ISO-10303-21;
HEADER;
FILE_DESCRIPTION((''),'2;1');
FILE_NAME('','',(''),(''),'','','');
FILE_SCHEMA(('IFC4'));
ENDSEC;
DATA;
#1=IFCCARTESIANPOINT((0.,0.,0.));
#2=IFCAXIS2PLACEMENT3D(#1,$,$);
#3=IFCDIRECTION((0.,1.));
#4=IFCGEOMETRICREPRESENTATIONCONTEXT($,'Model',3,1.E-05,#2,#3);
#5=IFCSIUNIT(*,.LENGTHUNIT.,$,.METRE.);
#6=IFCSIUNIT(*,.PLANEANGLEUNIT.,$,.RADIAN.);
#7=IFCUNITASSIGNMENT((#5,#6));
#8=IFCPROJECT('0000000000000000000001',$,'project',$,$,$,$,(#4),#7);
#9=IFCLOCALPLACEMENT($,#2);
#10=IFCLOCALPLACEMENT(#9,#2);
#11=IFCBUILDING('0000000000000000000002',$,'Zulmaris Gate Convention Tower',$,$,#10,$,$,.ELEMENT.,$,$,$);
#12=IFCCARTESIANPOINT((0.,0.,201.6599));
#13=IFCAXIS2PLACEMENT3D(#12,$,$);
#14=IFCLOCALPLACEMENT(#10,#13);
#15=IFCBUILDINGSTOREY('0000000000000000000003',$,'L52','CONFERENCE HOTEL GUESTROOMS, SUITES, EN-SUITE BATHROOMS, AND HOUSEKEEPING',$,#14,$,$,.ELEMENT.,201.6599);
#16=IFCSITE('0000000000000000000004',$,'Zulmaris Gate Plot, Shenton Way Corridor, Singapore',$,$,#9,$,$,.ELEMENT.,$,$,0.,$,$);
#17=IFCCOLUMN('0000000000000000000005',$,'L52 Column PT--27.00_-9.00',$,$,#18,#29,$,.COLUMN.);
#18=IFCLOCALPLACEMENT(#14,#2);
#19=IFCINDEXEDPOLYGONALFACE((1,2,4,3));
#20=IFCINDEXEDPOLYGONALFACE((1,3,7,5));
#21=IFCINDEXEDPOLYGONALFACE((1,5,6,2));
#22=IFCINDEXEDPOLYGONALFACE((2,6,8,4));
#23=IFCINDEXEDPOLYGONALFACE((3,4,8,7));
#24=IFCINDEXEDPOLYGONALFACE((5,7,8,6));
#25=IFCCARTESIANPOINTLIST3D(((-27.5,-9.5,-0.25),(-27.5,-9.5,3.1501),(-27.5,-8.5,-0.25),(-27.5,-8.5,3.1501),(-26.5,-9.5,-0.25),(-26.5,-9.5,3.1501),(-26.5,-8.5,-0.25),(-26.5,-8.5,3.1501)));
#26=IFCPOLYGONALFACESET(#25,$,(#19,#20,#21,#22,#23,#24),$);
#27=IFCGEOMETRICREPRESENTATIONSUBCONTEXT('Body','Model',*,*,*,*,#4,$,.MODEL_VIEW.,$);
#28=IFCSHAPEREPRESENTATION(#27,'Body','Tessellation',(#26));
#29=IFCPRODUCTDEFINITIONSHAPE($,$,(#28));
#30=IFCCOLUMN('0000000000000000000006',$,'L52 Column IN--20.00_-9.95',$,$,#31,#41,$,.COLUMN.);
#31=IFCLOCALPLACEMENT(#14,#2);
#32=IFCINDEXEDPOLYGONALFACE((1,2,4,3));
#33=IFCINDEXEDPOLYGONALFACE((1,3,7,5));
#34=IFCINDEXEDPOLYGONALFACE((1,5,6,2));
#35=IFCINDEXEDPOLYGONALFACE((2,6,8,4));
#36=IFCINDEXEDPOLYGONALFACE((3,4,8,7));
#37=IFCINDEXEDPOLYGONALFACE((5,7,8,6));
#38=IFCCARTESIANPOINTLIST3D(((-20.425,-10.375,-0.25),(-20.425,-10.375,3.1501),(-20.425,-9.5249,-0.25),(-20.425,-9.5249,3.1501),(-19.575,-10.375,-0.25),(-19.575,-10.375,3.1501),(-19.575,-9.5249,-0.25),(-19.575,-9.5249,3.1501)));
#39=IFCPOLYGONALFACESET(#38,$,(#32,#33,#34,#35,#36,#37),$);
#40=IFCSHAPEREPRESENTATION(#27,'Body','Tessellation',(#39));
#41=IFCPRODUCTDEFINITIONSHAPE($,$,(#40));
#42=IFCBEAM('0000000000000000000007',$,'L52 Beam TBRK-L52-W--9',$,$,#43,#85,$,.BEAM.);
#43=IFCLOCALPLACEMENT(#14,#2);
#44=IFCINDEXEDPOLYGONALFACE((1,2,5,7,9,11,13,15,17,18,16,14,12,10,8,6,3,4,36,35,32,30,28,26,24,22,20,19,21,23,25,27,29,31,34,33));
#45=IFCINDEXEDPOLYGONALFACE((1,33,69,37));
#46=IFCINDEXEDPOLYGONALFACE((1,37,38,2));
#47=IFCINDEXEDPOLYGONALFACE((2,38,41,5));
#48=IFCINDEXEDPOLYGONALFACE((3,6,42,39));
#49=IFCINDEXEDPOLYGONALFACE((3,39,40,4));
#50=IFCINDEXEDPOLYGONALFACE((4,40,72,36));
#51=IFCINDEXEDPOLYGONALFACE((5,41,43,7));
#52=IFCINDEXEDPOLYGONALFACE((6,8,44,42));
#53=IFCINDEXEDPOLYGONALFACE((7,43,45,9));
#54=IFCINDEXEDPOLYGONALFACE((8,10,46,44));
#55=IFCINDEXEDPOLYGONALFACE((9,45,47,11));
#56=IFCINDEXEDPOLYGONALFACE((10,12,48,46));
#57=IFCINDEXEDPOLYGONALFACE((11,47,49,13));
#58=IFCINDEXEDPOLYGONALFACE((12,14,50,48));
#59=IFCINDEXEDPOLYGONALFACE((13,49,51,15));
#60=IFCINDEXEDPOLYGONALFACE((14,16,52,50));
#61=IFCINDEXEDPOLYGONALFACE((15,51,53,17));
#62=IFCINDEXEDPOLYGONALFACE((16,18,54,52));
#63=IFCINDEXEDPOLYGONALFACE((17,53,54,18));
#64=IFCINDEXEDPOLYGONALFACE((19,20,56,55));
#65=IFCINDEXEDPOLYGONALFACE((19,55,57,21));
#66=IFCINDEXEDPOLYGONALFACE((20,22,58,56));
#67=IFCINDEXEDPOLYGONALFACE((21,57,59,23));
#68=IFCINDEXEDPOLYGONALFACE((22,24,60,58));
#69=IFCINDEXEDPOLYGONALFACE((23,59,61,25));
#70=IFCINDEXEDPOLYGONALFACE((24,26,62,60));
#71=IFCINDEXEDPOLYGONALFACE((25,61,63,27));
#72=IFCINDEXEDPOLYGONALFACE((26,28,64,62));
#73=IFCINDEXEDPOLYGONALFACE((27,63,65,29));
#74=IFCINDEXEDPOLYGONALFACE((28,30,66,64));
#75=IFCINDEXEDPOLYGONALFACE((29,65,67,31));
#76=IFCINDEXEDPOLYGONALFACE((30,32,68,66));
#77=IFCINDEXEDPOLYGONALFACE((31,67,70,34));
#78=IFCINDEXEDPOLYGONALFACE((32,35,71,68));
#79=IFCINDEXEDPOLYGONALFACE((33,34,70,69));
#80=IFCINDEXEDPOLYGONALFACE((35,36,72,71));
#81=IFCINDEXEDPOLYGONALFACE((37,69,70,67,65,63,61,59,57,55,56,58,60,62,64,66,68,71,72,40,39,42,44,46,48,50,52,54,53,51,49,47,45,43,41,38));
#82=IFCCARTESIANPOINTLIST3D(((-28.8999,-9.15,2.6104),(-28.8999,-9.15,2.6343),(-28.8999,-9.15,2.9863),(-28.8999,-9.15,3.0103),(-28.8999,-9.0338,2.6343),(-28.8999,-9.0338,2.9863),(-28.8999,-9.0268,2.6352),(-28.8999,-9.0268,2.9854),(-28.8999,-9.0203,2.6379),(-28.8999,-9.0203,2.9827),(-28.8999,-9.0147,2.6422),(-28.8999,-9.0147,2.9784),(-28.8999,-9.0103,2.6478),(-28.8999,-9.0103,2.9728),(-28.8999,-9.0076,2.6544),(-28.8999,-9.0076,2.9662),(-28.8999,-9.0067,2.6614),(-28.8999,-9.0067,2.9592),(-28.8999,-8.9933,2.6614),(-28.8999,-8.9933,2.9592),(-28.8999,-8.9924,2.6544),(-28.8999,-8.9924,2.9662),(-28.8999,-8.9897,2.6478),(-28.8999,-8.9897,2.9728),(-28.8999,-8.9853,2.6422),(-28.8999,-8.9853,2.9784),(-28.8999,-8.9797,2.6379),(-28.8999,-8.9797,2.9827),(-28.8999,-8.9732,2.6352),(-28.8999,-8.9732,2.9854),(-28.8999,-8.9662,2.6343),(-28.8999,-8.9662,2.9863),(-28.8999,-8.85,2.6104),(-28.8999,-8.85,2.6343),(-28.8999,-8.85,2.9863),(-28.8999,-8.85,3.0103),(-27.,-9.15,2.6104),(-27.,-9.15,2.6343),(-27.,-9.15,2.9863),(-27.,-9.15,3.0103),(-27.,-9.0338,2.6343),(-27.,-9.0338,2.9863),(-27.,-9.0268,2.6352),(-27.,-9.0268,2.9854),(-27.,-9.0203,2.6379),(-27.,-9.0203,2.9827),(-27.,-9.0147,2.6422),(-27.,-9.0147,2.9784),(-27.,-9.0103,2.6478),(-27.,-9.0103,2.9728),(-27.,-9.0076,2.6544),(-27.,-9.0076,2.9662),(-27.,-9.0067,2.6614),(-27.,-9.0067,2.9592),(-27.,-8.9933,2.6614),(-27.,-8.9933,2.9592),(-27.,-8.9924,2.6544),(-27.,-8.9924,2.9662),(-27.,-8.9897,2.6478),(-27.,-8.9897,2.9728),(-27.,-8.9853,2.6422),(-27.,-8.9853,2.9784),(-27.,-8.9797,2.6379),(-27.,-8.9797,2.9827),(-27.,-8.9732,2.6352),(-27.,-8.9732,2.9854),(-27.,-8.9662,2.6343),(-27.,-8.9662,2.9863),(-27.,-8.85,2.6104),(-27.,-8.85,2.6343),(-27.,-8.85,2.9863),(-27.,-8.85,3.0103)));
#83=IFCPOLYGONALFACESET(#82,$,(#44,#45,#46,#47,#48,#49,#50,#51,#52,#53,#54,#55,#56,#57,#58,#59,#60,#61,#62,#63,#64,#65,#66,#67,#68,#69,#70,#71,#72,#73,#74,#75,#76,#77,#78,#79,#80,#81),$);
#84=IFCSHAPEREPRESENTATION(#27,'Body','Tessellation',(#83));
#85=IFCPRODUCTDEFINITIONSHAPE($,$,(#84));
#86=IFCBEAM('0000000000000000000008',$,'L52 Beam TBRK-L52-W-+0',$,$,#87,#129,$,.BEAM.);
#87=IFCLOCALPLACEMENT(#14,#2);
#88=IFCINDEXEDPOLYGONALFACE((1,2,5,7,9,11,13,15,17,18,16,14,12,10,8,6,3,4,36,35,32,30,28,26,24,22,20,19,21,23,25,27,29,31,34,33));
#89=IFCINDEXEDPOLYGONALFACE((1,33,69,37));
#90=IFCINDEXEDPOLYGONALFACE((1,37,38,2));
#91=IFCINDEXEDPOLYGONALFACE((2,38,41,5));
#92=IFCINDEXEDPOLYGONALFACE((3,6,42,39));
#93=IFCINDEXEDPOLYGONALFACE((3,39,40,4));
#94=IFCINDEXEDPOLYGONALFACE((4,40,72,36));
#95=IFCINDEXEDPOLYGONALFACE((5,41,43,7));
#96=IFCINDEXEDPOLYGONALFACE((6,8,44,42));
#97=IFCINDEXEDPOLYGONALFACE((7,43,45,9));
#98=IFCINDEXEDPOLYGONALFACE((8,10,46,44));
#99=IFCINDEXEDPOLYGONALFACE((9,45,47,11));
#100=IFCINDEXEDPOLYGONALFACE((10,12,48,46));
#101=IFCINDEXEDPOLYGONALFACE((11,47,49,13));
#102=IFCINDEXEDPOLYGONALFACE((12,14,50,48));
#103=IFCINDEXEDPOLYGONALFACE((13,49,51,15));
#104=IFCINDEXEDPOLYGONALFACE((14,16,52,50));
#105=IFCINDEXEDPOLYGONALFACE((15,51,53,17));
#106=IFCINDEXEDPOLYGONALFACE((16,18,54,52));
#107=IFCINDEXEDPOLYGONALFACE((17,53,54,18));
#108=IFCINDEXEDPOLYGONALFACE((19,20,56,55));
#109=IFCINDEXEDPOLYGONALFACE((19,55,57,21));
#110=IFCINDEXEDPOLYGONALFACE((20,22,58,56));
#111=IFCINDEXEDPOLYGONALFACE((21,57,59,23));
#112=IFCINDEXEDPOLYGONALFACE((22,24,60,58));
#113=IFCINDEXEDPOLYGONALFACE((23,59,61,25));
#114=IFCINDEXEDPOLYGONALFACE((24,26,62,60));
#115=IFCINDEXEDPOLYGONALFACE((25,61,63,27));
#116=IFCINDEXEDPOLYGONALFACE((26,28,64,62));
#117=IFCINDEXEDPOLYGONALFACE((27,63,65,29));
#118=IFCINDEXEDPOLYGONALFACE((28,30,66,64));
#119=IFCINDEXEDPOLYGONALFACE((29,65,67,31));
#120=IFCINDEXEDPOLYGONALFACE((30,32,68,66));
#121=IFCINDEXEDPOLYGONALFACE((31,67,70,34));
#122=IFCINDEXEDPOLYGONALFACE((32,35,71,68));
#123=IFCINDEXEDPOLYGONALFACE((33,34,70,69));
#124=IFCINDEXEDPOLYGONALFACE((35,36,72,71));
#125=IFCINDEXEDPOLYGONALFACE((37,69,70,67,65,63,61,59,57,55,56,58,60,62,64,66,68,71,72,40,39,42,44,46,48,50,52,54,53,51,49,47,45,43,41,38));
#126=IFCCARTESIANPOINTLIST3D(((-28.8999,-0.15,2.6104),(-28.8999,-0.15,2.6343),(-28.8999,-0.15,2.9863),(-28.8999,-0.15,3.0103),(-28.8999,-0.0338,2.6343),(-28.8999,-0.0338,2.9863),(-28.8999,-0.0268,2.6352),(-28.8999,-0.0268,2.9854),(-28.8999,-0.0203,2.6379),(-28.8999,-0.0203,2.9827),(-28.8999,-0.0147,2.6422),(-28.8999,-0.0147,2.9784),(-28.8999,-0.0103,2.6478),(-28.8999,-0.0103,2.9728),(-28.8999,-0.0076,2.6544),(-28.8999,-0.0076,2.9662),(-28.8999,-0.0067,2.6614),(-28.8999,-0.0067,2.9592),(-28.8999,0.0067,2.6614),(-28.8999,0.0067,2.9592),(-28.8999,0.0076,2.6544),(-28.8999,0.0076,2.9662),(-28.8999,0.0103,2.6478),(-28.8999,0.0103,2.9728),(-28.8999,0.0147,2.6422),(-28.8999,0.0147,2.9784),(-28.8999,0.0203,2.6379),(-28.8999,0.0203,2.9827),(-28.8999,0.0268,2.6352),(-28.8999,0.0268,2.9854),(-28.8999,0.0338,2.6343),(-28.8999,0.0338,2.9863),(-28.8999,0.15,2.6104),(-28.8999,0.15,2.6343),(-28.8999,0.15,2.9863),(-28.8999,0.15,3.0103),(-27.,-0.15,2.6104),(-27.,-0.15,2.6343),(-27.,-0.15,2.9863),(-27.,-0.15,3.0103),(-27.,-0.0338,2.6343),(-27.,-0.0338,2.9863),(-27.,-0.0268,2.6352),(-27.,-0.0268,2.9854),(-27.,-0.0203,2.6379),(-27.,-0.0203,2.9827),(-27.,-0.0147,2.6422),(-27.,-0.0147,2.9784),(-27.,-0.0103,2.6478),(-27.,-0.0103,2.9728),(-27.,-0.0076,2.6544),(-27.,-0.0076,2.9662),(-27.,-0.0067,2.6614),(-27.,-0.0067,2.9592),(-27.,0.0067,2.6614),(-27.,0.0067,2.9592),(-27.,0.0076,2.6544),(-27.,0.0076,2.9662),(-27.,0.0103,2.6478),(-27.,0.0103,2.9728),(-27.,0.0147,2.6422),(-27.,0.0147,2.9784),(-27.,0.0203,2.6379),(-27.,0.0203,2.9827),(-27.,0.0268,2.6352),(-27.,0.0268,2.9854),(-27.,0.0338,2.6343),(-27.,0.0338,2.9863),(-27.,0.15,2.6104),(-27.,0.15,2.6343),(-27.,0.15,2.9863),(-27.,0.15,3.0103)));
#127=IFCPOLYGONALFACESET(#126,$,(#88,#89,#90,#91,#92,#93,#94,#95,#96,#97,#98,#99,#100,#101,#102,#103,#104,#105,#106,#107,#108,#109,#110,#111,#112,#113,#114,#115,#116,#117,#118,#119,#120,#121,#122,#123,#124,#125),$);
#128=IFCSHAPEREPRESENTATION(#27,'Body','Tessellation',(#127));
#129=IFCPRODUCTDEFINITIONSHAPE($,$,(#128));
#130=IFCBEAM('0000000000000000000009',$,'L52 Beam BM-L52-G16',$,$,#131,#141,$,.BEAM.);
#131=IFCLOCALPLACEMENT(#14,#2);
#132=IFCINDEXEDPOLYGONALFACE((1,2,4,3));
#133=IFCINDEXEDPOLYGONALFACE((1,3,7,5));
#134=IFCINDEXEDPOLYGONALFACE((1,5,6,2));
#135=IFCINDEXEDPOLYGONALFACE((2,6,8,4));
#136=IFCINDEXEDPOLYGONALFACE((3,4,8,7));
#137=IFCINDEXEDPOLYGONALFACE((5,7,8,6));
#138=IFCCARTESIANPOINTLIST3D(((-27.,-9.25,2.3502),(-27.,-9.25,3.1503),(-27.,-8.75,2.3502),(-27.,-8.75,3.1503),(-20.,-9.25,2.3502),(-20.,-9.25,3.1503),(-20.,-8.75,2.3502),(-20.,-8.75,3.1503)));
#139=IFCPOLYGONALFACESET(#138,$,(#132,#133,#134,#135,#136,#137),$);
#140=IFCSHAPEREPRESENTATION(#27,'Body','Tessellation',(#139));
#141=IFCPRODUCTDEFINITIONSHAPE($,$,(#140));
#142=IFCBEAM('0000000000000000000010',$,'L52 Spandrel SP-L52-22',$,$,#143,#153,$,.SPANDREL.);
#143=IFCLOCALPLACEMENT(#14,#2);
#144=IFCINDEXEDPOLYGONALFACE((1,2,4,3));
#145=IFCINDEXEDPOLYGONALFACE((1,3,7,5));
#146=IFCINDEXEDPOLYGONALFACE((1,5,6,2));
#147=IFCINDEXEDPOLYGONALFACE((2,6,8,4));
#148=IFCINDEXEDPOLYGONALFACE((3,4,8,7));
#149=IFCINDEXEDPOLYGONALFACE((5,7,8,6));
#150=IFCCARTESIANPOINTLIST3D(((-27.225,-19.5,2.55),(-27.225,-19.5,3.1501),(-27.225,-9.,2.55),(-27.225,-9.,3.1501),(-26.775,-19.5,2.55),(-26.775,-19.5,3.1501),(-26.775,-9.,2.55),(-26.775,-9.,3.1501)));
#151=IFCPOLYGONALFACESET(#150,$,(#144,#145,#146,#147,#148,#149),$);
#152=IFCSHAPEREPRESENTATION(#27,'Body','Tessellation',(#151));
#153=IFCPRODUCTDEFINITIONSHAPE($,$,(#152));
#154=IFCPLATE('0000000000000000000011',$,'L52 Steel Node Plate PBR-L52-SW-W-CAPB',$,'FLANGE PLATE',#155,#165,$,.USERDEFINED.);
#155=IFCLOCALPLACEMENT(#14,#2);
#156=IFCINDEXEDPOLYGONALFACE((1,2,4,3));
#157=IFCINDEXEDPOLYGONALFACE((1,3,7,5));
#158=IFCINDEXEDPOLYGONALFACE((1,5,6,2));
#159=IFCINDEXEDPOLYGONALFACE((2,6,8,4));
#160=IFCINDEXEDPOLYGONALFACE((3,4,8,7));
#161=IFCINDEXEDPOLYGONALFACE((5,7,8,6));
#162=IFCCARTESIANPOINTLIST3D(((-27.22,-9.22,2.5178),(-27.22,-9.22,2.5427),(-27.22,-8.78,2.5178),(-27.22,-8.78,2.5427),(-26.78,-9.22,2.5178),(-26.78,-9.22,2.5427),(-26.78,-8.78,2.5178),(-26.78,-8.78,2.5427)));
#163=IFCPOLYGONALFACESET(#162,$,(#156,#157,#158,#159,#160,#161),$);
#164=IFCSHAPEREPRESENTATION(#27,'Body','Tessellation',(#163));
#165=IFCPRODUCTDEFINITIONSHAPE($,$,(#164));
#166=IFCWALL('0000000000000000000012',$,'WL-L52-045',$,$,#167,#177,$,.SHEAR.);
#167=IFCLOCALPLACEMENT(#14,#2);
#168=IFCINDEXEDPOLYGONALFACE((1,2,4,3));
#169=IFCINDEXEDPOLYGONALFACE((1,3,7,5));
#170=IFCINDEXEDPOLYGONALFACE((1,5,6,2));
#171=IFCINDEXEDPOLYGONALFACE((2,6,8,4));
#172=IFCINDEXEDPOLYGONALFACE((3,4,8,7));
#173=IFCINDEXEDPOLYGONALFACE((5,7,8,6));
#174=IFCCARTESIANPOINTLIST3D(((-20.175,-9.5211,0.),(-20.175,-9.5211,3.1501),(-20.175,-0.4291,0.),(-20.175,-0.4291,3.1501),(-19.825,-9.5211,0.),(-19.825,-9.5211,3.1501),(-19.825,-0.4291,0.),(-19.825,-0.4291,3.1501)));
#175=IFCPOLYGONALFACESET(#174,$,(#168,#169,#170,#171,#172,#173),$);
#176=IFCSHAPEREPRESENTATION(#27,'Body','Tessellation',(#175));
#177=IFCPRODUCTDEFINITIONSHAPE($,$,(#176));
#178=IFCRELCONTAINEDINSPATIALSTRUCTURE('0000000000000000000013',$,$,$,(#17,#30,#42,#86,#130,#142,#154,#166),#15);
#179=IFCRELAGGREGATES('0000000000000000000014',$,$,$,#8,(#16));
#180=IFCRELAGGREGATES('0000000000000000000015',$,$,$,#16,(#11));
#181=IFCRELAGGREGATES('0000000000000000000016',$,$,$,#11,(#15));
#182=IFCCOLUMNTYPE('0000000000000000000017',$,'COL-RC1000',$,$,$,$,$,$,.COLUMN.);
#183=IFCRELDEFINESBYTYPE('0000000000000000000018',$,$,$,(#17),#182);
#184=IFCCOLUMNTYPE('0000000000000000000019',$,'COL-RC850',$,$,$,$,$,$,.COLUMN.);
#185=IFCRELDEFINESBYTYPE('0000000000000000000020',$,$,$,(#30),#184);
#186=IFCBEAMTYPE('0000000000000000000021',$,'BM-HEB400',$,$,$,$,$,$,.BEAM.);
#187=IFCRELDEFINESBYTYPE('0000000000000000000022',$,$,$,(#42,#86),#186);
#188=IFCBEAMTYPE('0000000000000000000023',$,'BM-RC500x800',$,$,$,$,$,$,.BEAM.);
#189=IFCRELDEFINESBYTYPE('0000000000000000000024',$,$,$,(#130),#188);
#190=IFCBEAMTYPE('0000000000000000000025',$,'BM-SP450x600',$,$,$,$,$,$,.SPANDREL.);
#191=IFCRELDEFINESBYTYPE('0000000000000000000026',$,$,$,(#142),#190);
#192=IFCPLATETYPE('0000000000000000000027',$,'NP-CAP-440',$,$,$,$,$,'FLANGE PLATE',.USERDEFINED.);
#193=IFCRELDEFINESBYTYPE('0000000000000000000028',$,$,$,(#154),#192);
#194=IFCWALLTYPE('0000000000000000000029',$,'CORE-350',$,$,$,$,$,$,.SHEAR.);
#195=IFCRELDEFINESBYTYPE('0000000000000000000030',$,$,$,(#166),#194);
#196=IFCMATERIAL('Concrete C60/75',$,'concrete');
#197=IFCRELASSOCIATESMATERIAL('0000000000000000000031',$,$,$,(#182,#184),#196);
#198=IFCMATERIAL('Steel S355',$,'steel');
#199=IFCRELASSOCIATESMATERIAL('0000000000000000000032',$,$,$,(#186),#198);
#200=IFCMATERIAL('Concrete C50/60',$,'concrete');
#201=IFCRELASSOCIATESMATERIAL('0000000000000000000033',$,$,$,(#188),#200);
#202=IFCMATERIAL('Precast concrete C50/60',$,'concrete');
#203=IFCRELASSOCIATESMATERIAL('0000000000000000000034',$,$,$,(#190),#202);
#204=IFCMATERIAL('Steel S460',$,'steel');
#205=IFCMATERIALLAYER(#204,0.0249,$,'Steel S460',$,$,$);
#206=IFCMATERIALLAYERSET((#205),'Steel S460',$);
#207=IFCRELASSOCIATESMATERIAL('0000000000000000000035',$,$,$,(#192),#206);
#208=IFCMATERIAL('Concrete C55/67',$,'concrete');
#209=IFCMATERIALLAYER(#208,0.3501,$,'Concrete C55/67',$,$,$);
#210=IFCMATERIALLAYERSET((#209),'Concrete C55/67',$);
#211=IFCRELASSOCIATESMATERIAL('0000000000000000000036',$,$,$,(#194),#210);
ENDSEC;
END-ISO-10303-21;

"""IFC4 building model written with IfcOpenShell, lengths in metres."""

from ifc_helpers import new_model, si_unit, direction, frame, frame_2d, origin, origin_2d, place, context, subcontext, project, spatial, rectangle, i_section, extrude, material, layer, layer_set, material_profile, profile_set, type_object, element, save


model = new_model("IFC4")

# Units and contexts
model_context = context("Model", 3, precision=1e-05, world=origin(), true_north=direction((0.0, 1.0)))
body_context = subcontext(model_context, "Body", "Model", "MODEL_VIEW")
ifc_project = project(units=[si_unit("LENGTHUNIT", "METRE"), si_unit("PLANEANGLEUNIT", "RADIAN")], contexts=[model_context])

# Site, building, storey
site_placement = place(None, origin())
site = spatial("IfcSite", under=ifc_project, at=site_placement, Name="Zulmaris Gate Plot, Shenton Way Corridor, Singapore", CompositionType="ELEMENT", RefElevation=0.0)
building_placement = place(site_placement, origin())
building = spatial("IfcBuilding", under=site, at=building_placement, Name="Zulmaris Gate Convention Tower", CompositionType="ELEMENT")
storey_placement = place(building_placement, frame((0.0, 0.0, 201.6599)))
storey = spatial("IfcBuildingStorey", under=building, at=storey_placement, Name="L52", Description="CONFERENCE HOTEL GUESTROOMS, SUITES, EN-SUITE BATHROOMS, AND HOUSEKEEPING", CompositionType="ELEMENT", Elevation=201.6599)

# Columns
ifc_material_1 = material(Name="Concrete C60/75", Category="concrete")
ifc_material_profile_1 = material_profile(ifc_material_1, rectangle(XDim=1.0, YDim=1.0, at=origin_2d()), Name="RC COL 1000x1000")
ifc_profile_set_1 = profile_set([ifc_material_profile_1], Name="Concrete C60/75")
column_type_1 = type_object("IfcColumnType", Name="COL-RC1000", PredefinedType="COLUMN", material=ifc_profile_set_1)
column_1_placement = place(storey_placement, frame((-27.0, -9.0, -0.25), z_axis=(0.0, 0.0, 1.0), x_axis=(1.0, 0.0, 0.0)))
element("IfcColumn", 1, at=column_1_placement, inside=storey, type_object=column_type_1, Name="L52 Column PT--27.00_-9.00", PredefinedType="COLUMN", context=body_context, shape_type="SweptSolid", body=[
    extrude(rectangle(XDim=1.0, YDim=1.0, at=origin_2d()), origin(), (0.0, 0.0, 1.0), 3.4001),
])
ifc_material_profile_2 = material_profile(ifc_material_1, rectangle(XDim=0.8501, YDim=0.8501, at=origin_2d()), Name="RC COL 850x850")
ifc_profile_set_2 = profile_set([ifc_material_profile_2], Name="Concrete C60/75")
column_type_2 = type_object("IfcColumnType", Name="COL-RC850", PredefinedType="COLUMN", material=ifc_profile_set_2)
column_2_placement = place(storey_placement, frame((-20.0, -9.95, -0.25), z_axis=(0.0, 0.0, 1.0), x_axis=(1.0, 0.0, 0.0)))
element("IfcColumn", 2, at=column_2_placement, inside=storey, type_object=column_type_2, Name="L52 Column IN--20.00_-9.95", PredefinedType="COLUMN", context=body_context, shape_type="SweptSolid", body=[
    extrude(rectangle(XDim=0.8501, YDim=0.8501, at=origin_2d()), origin(), (0.0, 0.0, 1.0), 3.4001),
])

# Beams
ifc_material_2 = material(Name="Steel S355", Category="steel")
ifc_material_profile_3 = material_profile(ifc_material_2, i_section(OverallWidth=0.3, OverallDepth=0.3999, WebThickness=0.0134, FlangeThickness=0.0239, FilletRadius=0.0271, at=origin_2d()), Name="HEB 400")
ifc_profile_set_3 = profile_set([ifc_material_profile_3], Name="Steel S355")
beam_type_1 = type_object("IfcBeamType", Name="BM-HEB400", PredefinedType="BEAM", material=ifc_profile_set_3)
for number, where, z_axis, x_axis, name in (
    (3, (-28.8999, -9.0, 2.8103), (1.0, 0.0, 0.0), (0.0, 1.0, 0.0), "L52 Beam TBRK-L52-W--9"),
    (4, (-28.8999, 0.0, 2.8103), (1.0, 0.0, 0.0), (0.0, 1.0, 0.0), "L52 Beam TBRK-L52-W-+0"),
):
    element("IfcBeam", number, at=place(storey_placement, frame(where, z_axis=z_axis, x_axis=x_axis)), inside=storey, type_object=beam_type_1, Name=name, PredefinedType="BEAM", context=body_context, shape_type="SweptSolid", body=[
        extrude(i_section(OverallWidth=0.3, OverallDepth=0.3999, WebThickness=0.0134, FlangeThickness=0.0239, FilletRadius=0.0271, at=origin_2d()), origin(), (0.0, 0.0, 1.0), 1.8999),
    ])
ifc_material_3 = material(Name="Concrete C50/60", Category="concrete")
ifc_material_profile_4 = material_profile(ifc_material_3, rectangle(XDim=0.5, YDim=0.8, at=origin_2d()), Name="RC BEAM 500x800")
ifc_profile_set_4 = profile_set([ifc_material_profile_4], Name="Concrete C50/60")
beam_type_2 = type_object("IfcBeamType", Name="BM-RC500x800", PredefinedType="BEAM", material=ifc_profile_set_4)
beam_1_placement = place(storey_placement, frame((-27.0, -9.0, 2.7502), z_axis=(1.0, 0.0, 0.0), x_axis=(0.0, 1.0, 0.0)))
element("IfcBeam", 5, at=beam_1_placement, inside=storey, type_object=beam_type_2, Name="L52 Beam BM-L52-G16", PredefinedType="BEAM", context=body_context, shape_type="SweptSolid", body=[
    extrude(rectangle(XDim=0.5, YDim=0.8, at=origin_2d()), origin(), (0.0, 0.0, 1.0), 7.0),
])
ifc_material_4 = material(Name="Precast concrete C50/60", Category="concrete")
ifc_material_profile_5 = material_profile(ifc_material_4, rectangle(XDim=0.45, YDim=0.6001, at=origin_2d()), Name="RC SPANDREL 450x600")
ifc_profile_set_5 = profile_set([ifc_material_profile_5], Name="Precast concrete C50/60")
beam_type_3 = type_object("IfcBeamType", Name="BM-SP450x600", PredefinedType="SPANDREL", material=ifc_profile_set_5)
beam_2_placement = place(storey_placement, frame((-27.0, -9.0, 2.8501), z_axis=(0.0, -1.0, 0.0), x_axis=(1.0, 0.0, 0.0)))
element("IfcBeam", 6, at=beam_2_placement, inside=storey, type_object=beam_type_3, Name="L52 Spandrel SP-L52-22", PredefinedType="SPANDREL", context=body_context, shape_type="SweptSolid", body=[
    extrude(rectangle(XDim=0.45, YDim=0.6001, at=origin_2d()), origin(), (0.0, 0.0, 1.0), 10.5),
])

# Plate
ifc_material_5 = material(Name="Steel S460", Category="steel")
ifc_layer_1 = layer(ifc_material_5, 0.0249, Name="Steel S460")
ifc_layer_set_1 = layer_set([ifc_layer_1], Name="Steel S460")
plate_type = type_object("IfcPlateType", Name="NP-CAP-440", ElementType="FLANGE PLATE", PredefinedType="USERDEFINED", material=ifc_layer_set_1)
plate_placement = place(storey_placement, frame((-27.0, -9.0, 2.5178), z_axis=(0.0, 0.0, 1.0), x_axis=(1.0, 0.0, 0.0)))
element("IfcPlate", 7, at=plate_placement, inside=storey, type_object=plate_type, Name="L52 Steel Node Plate PBR-L52-SW-W-CAPB", ObjectType="FLANGE PLATE", PredefinedType="USERDEFINED", context=body_context, shape_type="SweptSolid", body=[
    extrude(rectangle(XDim=0.4399, YDim=0.4399, at=origin_2d()), origin(), (0.0, 0.0, 1.0), 0.0249),
])

# Shared definitions
ifc_material_6 = material(Name="Concrete C55/67", Category="concrete")
ifc_layer_2 = layer(ifc_material_6, 0.3501, Name="Concrete C55/67")
ifc_layer_set_2 = layer_set([ifc_layer_2], Name="Concrete C55/67")
wall_type_1 = type_object("IfcWallType", Name="CORE-350", PredefinedType="SHEAR", material=ifc_layer_set_2)

# Wall
wall_1_placement = place(storey_placement, frame((-20.0, -9.521, 0.0), z_axis=(0.0, 0.0, 1.0), x_axis=(0.0, 1.0, 0.0)))
element("IfcWall", 8, at=wall_1_placement, inside=storey, type_object=wall_type_1, Name="WL-L52-045", PredefinedType="SHEAR", context=body_context, shape_type="SweptSolid", body=[
    extrude(rectangle(XDim=9.092, YDim=0.3501, at=frame_2d((4.5459, 0.0))), origin(), (0.0, 0.0, 1.0), 3.1501),
])

save(model, "model.ifc")
